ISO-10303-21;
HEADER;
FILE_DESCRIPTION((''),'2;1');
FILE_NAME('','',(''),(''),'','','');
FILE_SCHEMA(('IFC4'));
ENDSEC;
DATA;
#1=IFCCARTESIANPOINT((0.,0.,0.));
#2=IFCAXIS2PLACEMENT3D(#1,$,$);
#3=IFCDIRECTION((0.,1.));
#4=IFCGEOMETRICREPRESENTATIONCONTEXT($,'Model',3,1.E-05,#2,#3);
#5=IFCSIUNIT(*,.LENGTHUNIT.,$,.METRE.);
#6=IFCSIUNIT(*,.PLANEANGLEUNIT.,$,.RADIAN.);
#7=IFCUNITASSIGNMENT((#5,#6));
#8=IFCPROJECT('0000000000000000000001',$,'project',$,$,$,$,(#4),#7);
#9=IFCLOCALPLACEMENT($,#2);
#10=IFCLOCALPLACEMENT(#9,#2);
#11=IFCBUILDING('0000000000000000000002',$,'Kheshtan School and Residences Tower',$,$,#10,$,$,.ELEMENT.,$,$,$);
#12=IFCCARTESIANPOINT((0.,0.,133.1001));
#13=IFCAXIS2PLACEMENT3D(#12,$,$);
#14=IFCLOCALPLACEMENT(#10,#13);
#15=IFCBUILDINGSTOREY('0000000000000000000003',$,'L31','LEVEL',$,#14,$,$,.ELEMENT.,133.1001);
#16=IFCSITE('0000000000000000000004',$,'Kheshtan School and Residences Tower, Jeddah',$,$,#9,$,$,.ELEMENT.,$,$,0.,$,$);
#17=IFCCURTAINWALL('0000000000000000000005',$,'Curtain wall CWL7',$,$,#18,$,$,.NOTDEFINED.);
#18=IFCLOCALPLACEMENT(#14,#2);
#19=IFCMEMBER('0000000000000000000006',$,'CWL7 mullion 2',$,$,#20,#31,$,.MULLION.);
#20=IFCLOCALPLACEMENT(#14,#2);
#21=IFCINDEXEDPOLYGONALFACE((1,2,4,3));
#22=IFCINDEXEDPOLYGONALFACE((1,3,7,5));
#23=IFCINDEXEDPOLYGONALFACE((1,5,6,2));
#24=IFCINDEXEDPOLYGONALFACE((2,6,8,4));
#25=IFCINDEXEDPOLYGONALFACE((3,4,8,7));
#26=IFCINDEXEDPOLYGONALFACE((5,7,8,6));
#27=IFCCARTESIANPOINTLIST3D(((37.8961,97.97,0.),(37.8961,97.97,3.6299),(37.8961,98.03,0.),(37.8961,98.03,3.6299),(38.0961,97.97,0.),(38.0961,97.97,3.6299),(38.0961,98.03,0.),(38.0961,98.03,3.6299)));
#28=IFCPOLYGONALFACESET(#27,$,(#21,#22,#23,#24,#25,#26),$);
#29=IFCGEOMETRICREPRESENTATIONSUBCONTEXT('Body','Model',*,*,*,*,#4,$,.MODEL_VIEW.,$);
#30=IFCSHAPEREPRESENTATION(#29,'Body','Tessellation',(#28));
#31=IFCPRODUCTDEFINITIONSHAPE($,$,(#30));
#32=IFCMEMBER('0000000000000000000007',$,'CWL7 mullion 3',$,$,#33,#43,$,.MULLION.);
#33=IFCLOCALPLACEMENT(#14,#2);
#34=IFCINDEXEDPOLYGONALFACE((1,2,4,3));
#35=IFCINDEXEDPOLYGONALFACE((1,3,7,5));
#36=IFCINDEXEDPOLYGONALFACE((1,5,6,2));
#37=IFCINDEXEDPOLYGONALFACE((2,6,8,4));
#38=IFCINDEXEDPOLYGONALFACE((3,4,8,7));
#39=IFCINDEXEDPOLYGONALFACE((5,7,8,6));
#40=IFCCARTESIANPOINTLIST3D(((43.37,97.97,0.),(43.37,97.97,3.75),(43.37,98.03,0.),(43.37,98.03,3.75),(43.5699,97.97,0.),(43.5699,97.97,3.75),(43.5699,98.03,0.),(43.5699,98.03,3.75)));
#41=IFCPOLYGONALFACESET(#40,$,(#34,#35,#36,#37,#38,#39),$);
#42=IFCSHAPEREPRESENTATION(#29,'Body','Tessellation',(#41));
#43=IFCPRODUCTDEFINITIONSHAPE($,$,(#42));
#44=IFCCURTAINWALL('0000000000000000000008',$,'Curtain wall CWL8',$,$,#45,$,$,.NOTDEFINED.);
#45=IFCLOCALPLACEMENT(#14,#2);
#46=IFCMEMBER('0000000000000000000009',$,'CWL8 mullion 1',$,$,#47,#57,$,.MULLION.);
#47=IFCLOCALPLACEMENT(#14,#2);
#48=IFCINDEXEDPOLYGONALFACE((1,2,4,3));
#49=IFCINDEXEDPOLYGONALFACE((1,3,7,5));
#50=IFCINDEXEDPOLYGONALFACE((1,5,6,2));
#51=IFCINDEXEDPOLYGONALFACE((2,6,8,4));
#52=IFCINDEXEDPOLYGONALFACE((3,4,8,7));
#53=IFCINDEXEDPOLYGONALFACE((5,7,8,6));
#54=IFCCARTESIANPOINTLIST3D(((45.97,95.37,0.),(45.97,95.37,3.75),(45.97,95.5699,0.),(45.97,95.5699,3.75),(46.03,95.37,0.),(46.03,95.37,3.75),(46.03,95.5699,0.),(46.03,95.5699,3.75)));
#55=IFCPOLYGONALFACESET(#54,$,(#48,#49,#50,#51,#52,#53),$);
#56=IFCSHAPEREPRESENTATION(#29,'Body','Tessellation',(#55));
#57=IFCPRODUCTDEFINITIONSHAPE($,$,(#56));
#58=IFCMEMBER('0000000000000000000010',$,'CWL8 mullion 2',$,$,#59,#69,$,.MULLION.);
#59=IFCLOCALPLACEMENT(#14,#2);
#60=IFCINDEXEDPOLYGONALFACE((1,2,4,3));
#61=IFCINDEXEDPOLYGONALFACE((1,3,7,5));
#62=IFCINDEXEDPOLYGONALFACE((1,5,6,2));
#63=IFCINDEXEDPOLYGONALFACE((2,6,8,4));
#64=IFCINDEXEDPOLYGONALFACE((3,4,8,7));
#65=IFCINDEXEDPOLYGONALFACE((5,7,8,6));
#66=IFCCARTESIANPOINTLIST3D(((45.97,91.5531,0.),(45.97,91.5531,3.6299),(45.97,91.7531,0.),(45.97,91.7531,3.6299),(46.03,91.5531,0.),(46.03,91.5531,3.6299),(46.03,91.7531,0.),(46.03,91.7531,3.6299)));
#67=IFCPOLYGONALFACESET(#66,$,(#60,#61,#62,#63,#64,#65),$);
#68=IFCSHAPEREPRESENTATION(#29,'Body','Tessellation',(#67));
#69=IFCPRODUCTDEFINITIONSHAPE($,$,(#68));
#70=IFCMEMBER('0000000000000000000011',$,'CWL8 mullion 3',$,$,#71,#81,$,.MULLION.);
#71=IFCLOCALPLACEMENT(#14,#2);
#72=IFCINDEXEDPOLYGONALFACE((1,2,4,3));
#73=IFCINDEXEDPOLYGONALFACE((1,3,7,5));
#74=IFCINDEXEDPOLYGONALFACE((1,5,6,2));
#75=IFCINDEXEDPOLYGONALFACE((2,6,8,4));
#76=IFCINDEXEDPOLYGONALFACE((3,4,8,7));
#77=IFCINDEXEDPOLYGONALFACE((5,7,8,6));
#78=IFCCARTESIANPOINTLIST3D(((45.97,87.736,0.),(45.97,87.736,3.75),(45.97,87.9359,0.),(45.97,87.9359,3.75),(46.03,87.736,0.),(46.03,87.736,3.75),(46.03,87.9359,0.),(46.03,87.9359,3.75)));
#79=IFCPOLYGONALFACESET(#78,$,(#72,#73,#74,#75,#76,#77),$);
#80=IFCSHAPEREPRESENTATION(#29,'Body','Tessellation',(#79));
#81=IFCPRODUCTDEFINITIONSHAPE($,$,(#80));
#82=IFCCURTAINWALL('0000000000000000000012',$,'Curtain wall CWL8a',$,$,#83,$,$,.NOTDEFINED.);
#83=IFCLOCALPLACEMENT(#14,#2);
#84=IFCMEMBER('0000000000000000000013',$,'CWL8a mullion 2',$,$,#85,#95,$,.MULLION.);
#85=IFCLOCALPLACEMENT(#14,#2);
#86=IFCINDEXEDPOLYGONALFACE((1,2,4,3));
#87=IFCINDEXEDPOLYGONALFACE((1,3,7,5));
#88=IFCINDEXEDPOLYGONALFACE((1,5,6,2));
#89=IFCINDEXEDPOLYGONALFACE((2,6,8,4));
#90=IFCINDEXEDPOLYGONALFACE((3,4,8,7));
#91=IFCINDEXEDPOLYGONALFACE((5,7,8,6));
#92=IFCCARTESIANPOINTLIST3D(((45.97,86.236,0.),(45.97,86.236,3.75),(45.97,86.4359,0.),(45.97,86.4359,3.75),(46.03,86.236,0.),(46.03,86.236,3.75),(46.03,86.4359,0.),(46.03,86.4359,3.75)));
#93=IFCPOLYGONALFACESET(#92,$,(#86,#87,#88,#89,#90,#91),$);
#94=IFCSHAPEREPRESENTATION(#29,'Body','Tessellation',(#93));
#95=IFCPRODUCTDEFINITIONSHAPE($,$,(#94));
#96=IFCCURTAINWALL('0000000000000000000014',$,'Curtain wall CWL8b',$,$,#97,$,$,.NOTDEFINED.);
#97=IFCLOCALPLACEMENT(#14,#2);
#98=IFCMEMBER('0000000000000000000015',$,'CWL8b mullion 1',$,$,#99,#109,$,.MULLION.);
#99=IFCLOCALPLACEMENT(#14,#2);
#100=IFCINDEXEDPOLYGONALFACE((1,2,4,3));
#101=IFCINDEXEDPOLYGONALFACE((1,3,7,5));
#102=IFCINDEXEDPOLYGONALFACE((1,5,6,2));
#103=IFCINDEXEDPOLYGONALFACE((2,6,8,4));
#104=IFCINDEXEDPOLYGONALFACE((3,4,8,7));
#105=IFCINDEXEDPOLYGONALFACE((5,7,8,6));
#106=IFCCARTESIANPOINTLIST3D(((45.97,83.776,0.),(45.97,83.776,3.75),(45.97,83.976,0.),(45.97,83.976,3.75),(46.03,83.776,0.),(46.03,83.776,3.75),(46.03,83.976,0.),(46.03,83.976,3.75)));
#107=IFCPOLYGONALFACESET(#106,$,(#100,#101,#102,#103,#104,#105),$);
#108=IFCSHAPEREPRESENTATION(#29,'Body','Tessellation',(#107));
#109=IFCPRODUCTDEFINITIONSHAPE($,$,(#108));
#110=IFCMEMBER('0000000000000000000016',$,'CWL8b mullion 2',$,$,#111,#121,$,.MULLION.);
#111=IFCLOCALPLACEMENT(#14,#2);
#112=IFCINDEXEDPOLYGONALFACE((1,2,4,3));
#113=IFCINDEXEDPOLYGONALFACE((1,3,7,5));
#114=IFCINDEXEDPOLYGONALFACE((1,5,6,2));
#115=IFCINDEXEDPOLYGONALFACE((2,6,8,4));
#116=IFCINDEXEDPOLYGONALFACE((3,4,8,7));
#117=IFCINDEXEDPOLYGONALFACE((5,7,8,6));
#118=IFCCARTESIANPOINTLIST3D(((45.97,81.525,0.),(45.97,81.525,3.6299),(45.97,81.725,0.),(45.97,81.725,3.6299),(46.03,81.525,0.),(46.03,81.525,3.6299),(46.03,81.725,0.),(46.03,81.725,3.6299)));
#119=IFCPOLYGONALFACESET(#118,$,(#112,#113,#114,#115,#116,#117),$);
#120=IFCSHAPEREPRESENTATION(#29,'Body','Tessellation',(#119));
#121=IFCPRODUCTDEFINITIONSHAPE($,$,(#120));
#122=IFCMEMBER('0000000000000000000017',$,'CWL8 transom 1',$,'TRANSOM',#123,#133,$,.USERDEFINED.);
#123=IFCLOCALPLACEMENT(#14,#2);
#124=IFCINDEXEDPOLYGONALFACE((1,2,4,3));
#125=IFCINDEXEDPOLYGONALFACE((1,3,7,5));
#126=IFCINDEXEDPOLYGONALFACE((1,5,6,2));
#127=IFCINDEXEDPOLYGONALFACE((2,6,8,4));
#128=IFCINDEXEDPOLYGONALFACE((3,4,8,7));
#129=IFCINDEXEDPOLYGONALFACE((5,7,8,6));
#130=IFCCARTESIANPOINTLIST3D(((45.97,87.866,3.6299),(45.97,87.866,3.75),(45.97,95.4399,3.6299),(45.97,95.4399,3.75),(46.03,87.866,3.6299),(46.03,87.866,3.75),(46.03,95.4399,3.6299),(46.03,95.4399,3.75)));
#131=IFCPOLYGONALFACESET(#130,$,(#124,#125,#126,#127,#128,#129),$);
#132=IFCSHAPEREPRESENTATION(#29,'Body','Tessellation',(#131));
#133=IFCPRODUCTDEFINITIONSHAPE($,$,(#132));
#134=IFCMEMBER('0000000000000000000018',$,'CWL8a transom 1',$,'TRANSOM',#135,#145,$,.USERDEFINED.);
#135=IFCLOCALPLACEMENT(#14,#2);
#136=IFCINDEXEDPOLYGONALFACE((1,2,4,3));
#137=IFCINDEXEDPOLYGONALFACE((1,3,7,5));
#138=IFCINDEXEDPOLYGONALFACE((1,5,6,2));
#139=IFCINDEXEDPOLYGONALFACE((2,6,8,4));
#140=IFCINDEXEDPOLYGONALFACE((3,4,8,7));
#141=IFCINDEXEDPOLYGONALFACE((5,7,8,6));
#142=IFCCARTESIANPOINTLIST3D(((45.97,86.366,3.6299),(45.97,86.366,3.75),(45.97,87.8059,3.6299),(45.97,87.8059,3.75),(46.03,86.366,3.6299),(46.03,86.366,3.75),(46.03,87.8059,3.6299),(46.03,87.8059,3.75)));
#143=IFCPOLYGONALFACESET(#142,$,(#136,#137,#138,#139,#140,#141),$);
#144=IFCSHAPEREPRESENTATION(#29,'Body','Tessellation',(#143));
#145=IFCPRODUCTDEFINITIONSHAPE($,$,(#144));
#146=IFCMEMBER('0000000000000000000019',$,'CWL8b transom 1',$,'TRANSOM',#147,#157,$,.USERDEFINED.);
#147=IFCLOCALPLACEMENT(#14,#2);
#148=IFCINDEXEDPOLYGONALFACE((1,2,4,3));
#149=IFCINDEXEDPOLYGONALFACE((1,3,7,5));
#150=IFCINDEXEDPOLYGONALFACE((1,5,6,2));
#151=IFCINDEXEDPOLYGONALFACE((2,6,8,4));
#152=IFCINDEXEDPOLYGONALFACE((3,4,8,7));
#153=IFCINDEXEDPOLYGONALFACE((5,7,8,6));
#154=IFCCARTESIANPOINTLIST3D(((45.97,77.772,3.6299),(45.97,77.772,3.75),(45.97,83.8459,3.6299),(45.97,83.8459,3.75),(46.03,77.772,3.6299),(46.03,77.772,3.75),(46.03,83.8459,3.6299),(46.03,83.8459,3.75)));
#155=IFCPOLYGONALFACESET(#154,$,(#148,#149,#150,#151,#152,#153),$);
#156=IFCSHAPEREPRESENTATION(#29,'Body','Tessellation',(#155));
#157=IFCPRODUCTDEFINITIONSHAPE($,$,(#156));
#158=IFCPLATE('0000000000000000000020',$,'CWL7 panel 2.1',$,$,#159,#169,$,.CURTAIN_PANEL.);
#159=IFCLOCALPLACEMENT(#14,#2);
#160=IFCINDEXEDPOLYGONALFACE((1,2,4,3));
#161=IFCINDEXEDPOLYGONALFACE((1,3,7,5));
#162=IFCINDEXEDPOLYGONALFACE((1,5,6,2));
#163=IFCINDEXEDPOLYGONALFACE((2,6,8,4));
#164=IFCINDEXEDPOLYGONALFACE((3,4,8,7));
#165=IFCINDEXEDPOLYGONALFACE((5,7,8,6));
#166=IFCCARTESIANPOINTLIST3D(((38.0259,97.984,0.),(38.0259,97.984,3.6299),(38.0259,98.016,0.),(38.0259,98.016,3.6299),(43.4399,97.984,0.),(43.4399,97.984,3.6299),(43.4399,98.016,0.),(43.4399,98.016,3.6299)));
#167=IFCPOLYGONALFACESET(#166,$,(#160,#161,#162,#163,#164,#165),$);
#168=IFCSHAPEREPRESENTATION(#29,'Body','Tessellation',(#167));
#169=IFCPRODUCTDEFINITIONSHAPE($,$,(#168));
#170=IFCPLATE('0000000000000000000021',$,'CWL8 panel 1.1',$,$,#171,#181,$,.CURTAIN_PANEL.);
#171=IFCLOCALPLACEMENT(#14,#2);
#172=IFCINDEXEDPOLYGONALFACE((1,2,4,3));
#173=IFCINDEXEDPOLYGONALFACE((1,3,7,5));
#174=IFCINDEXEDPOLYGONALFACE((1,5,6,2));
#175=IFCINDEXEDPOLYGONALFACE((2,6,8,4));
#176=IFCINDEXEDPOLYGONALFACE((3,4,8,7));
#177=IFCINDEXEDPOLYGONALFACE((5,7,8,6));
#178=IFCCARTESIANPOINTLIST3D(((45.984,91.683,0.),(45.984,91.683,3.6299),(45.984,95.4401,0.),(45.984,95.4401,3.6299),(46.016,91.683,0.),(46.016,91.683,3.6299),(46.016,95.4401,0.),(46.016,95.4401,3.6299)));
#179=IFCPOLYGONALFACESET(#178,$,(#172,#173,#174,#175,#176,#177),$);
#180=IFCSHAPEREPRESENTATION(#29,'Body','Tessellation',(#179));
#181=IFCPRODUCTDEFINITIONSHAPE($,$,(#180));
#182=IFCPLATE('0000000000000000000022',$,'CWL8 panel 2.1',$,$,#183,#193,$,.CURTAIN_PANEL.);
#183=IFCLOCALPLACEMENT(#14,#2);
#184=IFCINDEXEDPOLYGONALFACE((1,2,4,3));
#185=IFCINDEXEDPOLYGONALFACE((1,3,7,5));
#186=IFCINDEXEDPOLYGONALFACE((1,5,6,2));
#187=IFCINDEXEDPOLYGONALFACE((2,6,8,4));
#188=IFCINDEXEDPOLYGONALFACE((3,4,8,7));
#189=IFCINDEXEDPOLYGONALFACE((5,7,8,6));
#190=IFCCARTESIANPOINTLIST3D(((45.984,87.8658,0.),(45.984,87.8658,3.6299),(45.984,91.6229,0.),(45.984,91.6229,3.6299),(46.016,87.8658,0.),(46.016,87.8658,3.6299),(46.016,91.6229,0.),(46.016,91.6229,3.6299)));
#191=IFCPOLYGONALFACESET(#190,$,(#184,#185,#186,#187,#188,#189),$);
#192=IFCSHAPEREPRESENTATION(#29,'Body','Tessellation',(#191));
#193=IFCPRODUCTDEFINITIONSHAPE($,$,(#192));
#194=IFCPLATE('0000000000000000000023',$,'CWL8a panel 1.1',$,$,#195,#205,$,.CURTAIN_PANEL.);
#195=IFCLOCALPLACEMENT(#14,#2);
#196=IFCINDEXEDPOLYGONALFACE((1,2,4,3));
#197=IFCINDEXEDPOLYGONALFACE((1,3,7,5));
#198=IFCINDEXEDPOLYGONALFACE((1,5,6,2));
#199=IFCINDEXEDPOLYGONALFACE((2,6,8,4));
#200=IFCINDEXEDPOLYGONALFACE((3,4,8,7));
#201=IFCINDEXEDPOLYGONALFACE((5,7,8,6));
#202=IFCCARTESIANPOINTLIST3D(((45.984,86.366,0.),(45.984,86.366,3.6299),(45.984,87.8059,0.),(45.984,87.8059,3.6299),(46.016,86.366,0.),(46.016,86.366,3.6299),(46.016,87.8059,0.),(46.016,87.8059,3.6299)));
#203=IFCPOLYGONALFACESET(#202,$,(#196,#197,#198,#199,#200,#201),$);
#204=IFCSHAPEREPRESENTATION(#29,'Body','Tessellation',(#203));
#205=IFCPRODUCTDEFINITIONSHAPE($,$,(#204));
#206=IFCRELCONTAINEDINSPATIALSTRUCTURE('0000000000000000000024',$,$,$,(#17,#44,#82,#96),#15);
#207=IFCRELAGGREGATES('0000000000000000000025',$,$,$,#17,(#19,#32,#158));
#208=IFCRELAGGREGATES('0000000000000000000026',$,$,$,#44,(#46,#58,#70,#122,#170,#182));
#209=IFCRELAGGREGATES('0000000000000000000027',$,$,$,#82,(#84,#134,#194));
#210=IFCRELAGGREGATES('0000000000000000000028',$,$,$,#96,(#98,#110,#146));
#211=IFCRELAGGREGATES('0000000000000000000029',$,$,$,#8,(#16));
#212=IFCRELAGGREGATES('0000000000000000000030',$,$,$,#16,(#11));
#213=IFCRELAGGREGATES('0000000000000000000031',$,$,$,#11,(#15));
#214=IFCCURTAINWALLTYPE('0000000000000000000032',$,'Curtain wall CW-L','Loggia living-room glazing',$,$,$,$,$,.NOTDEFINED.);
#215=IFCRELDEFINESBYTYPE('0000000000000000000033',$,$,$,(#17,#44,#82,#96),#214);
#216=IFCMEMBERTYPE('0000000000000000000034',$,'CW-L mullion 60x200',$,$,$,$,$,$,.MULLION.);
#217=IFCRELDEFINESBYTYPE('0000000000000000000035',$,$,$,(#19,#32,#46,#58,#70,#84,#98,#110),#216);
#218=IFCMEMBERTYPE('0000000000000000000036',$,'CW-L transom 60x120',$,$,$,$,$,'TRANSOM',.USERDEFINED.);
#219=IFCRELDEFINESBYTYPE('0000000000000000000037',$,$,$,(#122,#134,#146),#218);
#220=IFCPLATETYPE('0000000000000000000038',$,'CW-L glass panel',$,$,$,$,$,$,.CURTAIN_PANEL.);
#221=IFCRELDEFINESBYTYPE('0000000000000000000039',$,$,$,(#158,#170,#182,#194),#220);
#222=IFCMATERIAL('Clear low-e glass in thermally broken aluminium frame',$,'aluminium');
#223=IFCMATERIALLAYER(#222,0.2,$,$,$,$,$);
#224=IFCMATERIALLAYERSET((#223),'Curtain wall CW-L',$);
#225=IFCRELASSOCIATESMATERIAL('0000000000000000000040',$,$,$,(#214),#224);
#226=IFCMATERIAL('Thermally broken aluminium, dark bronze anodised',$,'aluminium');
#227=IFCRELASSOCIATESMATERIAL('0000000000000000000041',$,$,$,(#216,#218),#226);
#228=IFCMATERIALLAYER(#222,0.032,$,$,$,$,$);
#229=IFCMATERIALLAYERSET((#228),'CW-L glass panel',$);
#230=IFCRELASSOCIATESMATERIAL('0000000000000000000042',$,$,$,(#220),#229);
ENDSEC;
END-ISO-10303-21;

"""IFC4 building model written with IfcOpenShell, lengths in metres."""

from ifc_helpers import new_model, si_unit, direction, frame, origin, origin_2d, place, context, subcontext, project, spatial, rectangle, extrude, material, layer, layer_set, material_profile, profile_set, type_object, element, aggregate, save


model = new_model("IFC4")

# Units and contexts
model_context = context("Model", 3, precision=1e-05, world=origin(), true_north=direction((0.0, 1.0)))
body_context = subcontext(model_context, "Body", "Model", "MODEL_VIEW")
ifc_project = project(units=[si_unit("LENGTHUNIT", "METRE"), si_unit("PLANEANGLEUNIT", "RADIAN")], contexts=[model_context])

# Site, building, storey
site_placement = place(None, origin())
site = spatial("IfcSite", under=ifc_project, at=site_placement, Name="Kheshtan School and Residences Tower, Jeddah", CompositionType="ELEMENT", RefElevation=0.0)
building_placement = place(site_placement, origin())
building = spatial("IfcBuilding", under=site, at=building_placement, Name="Kheshtan School and Residences Tower", CompositionType="ELEMENT")
storey_placement = place(building_placement, frame((0.0, 0.0, 133.1001)))
storey = spatial("IfcBuildingStorey", under=building, at=storey_placement, Name="L31", Description="LEVEL", CompositionType="ELEMENT", Elevation=133.1001)

# Curtain walls, members
ifc_material_1 = material(Name="Clear low-e glass in thermally broken aluminium frame", Category="aluminium")
ifc_layer_1 = layer(ifc_material_1, 0.2)
ifc_layer_set_1 = layer_set([ifc_layer_1], Name="Curtain wall CW-L")
curtain_wall_type = type_object("IfcCurtainWallType", Name="Curtain wall CW-L", Description="Loggia living-room glazing", PredefinedType="NOTDEFINED", material=ifc_layer_set_1)
curtain_wall_1_placement = place(storey_placement, origin())
curtain_wall_1 = element("IfcCurtainWall", 1, at=curtain_wall_1_placement, inside=storey, type_object=curtain_wall_type, Name="Curtain wall CWL7", PredefinedType="NOTDEFINED")
ifc_material_2 = material(Name="Thermally broken aluminium, dark bronze anodised", Category="aluminium")
ifc_material_profile_1 = material_profile(ifc_material_2, rectangle(XDim=0.0601, YDim=0.2, at=origin_2d()), Name="CW-L mullion 60x200")
ifc_profile_set_1 = profile_set([ifc_material_profile_1], Name="Thermally broken aluminium, dark bronze anodised")
member_type_1 = type_object("IfcMemberType", Name="CW-L mullion 60x200", PredefinedType="MULLION", material=ifc_profile_set_1)
member_1_placement = place(storey_placement, frame((37.9961, 98.0, 0.0), z_axis=(0.0, 0.0, 1.0), x_axis=(0.0, 1.0, 0.0)))
member_1 = element("IfcMember", 2, at=member_1_placement, type_object=member_type_1, Name="CWL7 mullion 2", PredefinedType="MULLION", context=body_context, shape_type="SweptSolid", body=[
    extrude(rectangle(XDim=0.0601, YDim=0.2, at=origin_2d()), origin(), (0.0, 0.0, 1.0), 3.6299),
])
member_2_placement = place(storey_placement, frame((43.47, 98.0, 0.0), z_axis=(0.0, 0.0, 1.0), x_axis=(0.0, 1.0, 0.0)))
member_2 = element("IfcMember", 3, at=member_2_placement, type_object=member_type_1, Name="CWL7 mullion 3", PredefinedType="MULLION", context=body_context, shape_type="SweptSolid", body=[
    extrude(rectangle(XDim=0.0601, YDim=0.2, at=origin_2d()), origin(), (0.0, 0.0, 1.0), 3.75),
])
curtain_wall_2_placement = place(storey_placement, origin())
curtain_wall_2 = element("IfcCurtainWall", 4, at=curtain_wall_2_placement, inside=storey, type_object=curtain_wall_type, Name="Curtain wall CWL8", PredefinedType="NOTDEFINED")
member_3_placement = place(storey_placement, frame((46.0, 95.47, 0.0), z_axis=(0.0, 0.0, 1.0), x_axis=(1.0, 0.0, 0.0)))
member_3 = element("IfcMember", 5, at=member_3_placement, type_object=member_type_1, Name="CWL8 mullion 1", PredefinedType="MULLION", context=body_context, shape_type="SweptSolid", body=[
    extrude(rectangle(XDim=0.0601, YDim=0.2, at=origin_2d()), origin(), (0.0, 0.0, 1.0), 3.75),
])
member_4_placement = place(storey_placement, frame((46.0, 91.6531, 0.0), z_axis=(0.0, 0.0, 1.0), x_axis=(1.0, 0.0, 0.0)))
member_4 = element("IfcMember", 6, at=member_4_placement, type_object=member_type_1, Name="CWL8 mullion 2", PredefinedType="MULLION", context=body_context, shape_type="SweptSolid", body=[
    extrude(rectangle(XDim=0.0601, YDim=0.2, at=origin_2d()), origin(), (0.0, 0.0, 1.0), 3.6299),
])
member_5_placement = place(storey_placement, frame((46.0, 87.8359, 0.0), z_axis=(0.0, 0.0, 1.0), x_axis=(1.0, 0.0, 0.0)))
member_5 = element("IfcMember", 7, at=member_5_placement, type_object=member_type_1, Name="CWL8 mullion 3", PredefinedType="MULLION", context=body_context, shape_type="SweptSolid", body=[
    extrude(rectangle(XDim=0.0601, YDim=0.2, at=origin_2d()), origin(), (0.0, 0.0, 1.0), 3.75),
])

# Curtain wall, member
curtain_wall_3_placement = place(storey_placement, origin())
curtain_wall_3 = element("IfcCurtainWall", 8, at=curtain_wall_3_placement, inside=storey, type_object=curtain_wall_type, Name="Curtain wall CWL8a", PredefinedType="NOTDEFINED")
member_6_placement = place(storey_placement, frame((46.0, 86.3359, 0.0), z_axis=(0.0, 0.0, 1.0), x_axis=(1.0, 0.0, 0.0)))
member_6 = element("IfcMember", 9, at=member_6_placement, type_object=member_type_1, Name="CWL8a mullion 2", PredefinedType="MULLION", context=body_context, shape_type="SweptSolid", body=[
    extrude(rectangle(XDim=0.0601, YDim=0.2, at=origin_2d()), origin(), (0.0, 0.0, 1.0), 3.75),
])

# Curtain wall, members
curtain_wall_4_placement = place(storey_placement, origin())
curtain_wall_4 = element("IfcCurtainWall", 10, at=curtain_wall_4_placement, inside=storey, type_object=curtain_wall_type, Name="Curtain wall CWL8b", PredefinedType="NOTDEFINED")
member_7_placement = place(storey_placement, frame((46.0, 83.876, 0.0), z_axis=(0.0, 0.0, 1.0), x_axis=(1.0, 0.0, 0.0)))
member_7 = element("IfcMember", 11, at=member_7_placement, type_object=member_type_1, Name="CWL8b mullion 1", PredefinedType="MULLION", context=body_context, shape_type="SweptSolid", body=[
    extrude(rectangle(XDim=0.0601, YDim=0.2, at=origin_2d()), origin(), (0.0, 0.0, 1.0), 3.75),
])
member_8_placement = place(storey_placement, frame((46.0, 81.625, 0.0), z_axis=(0.0, 0.0, 1.0), x_axis=(1.0, 0.0, 0.0)))
member_8 = element("IfcMember", 12, at=member_8_placement, type_object=member_type_1, Name="CWL8b mullion 2", PredefinedType="MULLION", context=body_context, shape_type="SweptSolid", body=[
    extrude(rectangle(XDim=0.0601, YDim=0.2, at=origin_2d()), origin(), (0.0, 0.0, 1.0), 3.6299),
])

# Members
ifc_material_profile_2 = material_profile(ifc_material_2, rectangle(XDim=0.0601, YDim=0.1201, at=origin_2d()), Name="CW-L transom 60x120")
ifc_profile_set_2 = profile_set([ifc_material_profile_2], Name="Thermally broken aluminium, dark bronze anodised")
member_type_2 = type_object("IfcMemberType", Name="CW-L transom 60x120", ElementType="TRANSOM", PredefinedType="USERDEFINED", material=ifc_profile_set_2)
member_9_placement = place(storey_placement, frame((46.0, 95.4399, 3.6899), z_axis=(0.0, -1.0, 0.0), x_axis=(1.0, 0.0, 0.0)))
member_9 = element("IfcMember", 13, at=member_9_placement, type_object=member_type_2, Name="CWL8 transom 1", ObjectType="TRANSOM", PredefinedType="USERDEFINED", context=body_context, shape_type="SweptSolid", body=[
    extrude(rectangle(XDim=0.0601, YDim=0.1201, at=origin_2d()), origin(), (0.0, 0.0, 1.0), 7.574),
])
member_10_placement = place(storey_placement, frame((46.0, 87.8059, 3.6899), z_axis=(0.0, -1.0, 0.0), x_axis=(1.0, 0.0, 0.0)))
member_10 = element("IfcMember", 14, at=member_10_placement, type_object=member_type_2, Name="CWL8a transom 1", ObjectType="TRANSOM", PredefinedType="USERDEFINED", context=body_context, shape_type="SweptSolid", body=[
    extrude(rectangle(XDim=0.0601, YDim=0.1201, at=origin_2d()), origin(), (0.0, 0.0, 1.0), 1.4399),
])
member_11_placement = place(storey_placement, frame((46.0, 83.8459, 3.6899), z_axis=(0.0, -1.0, 0.0), x_axis=(1.0, 0.0, 0.0)))
member_11 = element("IfcMember", 15, at=member_11_placement, type_object=member_type_2, Name="CWL8b transom 1", ObjectType="TRANSOM", PredefinedType="USERDEFINED", context=body_context, shape_type="SweptSolid", body=[
    extrude(rectangle(XDim=0.0601, YDim=0.1201, at=origin_2d()), origin(), (0.0, 0.0, 1.0), 6.074),
])

# Plates
ifc_layer_2 = layer(ifc_material_1, 0.032)
ifc_layer_set_2 = layer_set([ifc_layer_2], Name="CW-L glass panel")
plate_type = type_object("IfcPlateType", Name="CW-L glass panel", PredefinedType="CURTAIN_PANEL", material=ifc_layer_set_2)
plate_1_placement = place(storey_placement, frame((40.7329, 98.0, 0.0), z_axis=(0.0, 0.0, 1.0), x_axis=(1.0, 0.0, 0.0)))
plate_1 = element("IfcPlate", 16, at=plate_1_placement, type_object=plate_type, Name="CWL7 panel 2.1", PredefinedType="CURTAIN_PANEL", context=body_context, shape_type="SweptSolid", body=[
    extrude(rectangle(XDim=5.4141, YDim=0.032, at=origin_2d()), origin(), (0.0, 0.0, 1.0), 3.6299),
])
aggregate(curtain_wall_1, [member_1, member_2, plate_1])
plate_2_placement = place(storey_placement, frame((46.0, 93.5615, 0.0), z_axis=(0.0, 0.0, 1.0), x_axis=(0.0, -1.0, 0.0)))
plate_2 = element("IfcPlate", 17, at=plate_2_placement, type_object=plate_type, Name="CWL8 panel 1.1", PredefinedType="CURTAIN_PANEL", context=body_context, shape_type="SweptSolid", body=[
    extrude(rectangle(XDim=3.7571, YDim=0.032, at=origin_2d()), origin(), (0.0, 0.0, 1.0), 3.6299),
])
plate_3_placement = place(storey_placement, frame((46.0, 89.7444, 0.0), z_axis=(0.0, 0.0, 1.0), x_axis=(0.0, -1.0, 0.0)))
plate_3 = element("IfcPlate", 18, at=plate_3_placement, type_object=plate_type, Name="CWL8 panel 2.1", PredefinedType="CURTAIN_PANEL", context=body_context, shape_type="SweptSolid", body=[
    extrude(rectangle(XDim=3.7571, YDim=0.032, at=origin_2d()), origin(), (0.0, 0.0, 1.0), 3.6299),
])
aggregate(curtain_wall_2, [member_3, member_4, member_5, member_9, plate_2, plate_3])
plate_4_placement = place(storey_placement, frame((46.0, 87.0859, 0.0), z_axis=(0.0, 0.0, 1.0), x_axis=(0.0, -1.0, 0.0)))
plate_4 = element("IfcPlate", 19, at=plate_4_placement, type_object=plate_type, Name="CWL8a panel 1.1", PredefinedType="CURTAIN_PANEL", context=body_context, shape_type="SweptSolid", body=[
    extrude(rectangle(XDim=1.4399, YDim=0.032, at=origin_2d()), origin(), (0.0, 0.0, 1.0), 3.6299),
])
aggregate(curtain_wall_3, [member_6, member_10, plate_4])
aggregate(curtain_wall_4, [member_7, member_8, member_11])

save(model, "model.ifc")
